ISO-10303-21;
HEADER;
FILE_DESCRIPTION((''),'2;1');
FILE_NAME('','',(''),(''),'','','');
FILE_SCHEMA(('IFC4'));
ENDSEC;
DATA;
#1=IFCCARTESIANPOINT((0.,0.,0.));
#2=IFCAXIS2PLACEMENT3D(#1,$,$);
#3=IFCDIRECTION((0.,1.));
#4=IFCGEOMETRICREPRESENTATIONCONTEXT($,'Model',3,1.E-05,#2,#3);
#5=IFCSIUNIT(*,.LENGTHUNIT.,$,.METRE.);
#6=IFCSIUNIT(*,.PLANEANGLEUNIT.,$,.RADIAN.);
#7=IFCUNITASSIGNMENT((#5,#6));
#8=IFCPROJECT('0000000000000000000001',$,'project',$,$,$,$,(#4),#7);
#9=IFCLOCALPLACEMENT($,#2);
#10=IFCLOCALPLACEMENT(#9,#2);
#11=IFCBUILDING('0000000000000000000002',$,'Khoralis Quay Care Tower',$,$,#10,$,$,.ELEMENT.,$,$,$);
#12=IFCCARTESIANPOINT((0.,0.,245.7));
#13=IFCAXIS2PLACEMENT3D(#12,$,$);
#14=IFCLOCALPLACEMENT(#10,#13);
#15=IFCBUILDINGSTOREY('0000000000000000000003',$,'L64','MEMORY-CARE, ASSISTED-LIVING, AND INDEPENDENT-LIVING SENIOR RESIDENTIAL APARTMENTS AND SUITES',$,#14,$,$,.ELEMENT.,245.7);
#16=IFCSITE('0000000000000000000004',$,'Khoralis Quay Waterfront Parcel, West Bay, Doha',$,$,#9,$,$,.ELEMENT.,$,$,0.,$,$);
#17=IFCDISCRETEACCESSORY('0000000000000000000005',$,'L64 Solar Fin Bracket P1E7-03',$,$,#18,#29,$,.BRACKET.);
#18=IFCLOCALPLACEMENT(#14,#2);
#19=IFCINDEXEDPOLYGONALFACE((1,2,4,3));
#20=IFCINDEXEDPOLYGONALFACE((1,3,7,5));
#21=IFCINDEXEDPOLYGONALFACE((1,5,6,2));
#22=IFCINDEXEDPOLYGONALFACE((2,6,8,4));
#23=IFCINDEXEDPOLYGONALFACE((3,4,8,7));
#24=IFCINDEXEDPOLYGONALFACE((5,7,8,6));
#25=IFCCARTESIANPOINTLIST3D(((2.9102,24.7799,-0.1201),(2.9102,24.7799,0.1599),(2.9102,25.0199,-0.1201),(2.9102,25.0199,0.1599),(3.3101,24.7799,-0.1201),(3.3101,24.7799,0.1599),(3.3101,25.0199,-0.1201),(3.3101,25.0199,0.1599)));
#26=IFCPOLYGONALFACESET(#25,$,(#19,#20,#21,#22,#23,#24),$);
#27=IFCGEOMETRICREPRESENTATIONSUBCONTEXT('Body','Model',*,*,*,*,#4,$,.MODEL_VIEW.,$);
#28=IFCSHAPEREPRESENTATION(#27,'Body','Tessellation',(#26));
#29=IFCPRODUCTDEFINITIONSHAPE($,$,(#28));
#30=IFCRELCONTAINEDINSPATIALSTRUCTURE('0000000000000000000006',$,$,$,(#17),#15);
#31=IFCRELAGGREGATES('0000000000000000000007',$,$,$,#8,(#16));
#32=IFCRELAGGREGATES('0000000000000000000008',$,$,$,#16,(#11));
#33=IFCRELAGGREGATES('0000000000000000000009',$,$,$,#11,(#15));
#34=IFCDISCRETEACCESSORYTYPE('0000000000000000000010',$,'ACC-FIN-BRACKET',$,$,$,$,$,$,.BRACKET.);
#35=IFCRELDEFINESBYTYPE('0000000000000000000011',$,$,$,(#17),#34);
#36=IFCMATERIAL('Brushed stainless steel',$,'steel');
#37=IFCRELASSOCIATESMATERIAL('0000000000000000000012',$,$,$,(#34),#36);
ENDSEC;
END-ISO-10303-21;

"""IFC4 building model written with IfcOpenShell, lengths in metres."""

from ifc_helpers import new_model, si_unit, direction, frame, origin, origin_2d, place, context, subcontext, project, spatial, rectangle, extrude, source, transform, mapped, material, type_object, element, save


model = new_model("IFC4")

# Units and contexts
model_context = context("Model", 3, precision=1e-05, world=origin(), true_north=direction((0.0, 1.0)))
body_context = subcontext(model_context, "Body", "Model", "MODEL_VIEW")
ifc_project = project(units=[si_unit("LENGTHUNIT", "METRE"), si_unit("PLANEANGLEUNIT", "RADIAN")], contexts=[model_context])

# Site, building, storey
site_placement = place(None, origin())
site = spatial("IfcSite", under=ifc_project, at=site_placement, Name="Khoralis Quay Waterfront Parcel, West Bay, Doha", CompositionType="ELEMENT", RefElevation=0.0)
building_placement = place(site_placement, origin())
building = spatial("IfcBuilding", under=site, at=building_placement, Name="Khoralis Quay Care Tower", CompositionType="ELEMENT")
storey_placement = place(building_placement, frame((0.0, 0.0, 245.7)))
storey = spatial("IfcBuildingStorey", under=building, at=storey_placement, Name="L64", Description="MEMORY-CARE, ASSISTED-LIVING, AND INDEPENDENT-LIVING SENIOR RESIDENTIAL APARTMENTS AND SUITES", CompositionType="ELEMENT", Elevation=245.7)

# Discrete accessory
ifc_material_1 = material(Name="Brushed stainless steel", Category="steel")
discrete_accessory_type = type_object("IfcDiscreteAccessoryType", Name="ACC-FIN-BRACKET", PredefinedType="BRACKET", material=ifc_material_1)
shared_shape_1 = source(origin(), body_context, "Body", "SweptSolid", [
    extrude(rectangle(XDim=0.3999, YDim=0.24, at=origin_2d()), origin(), (0.0, 0.0, 1.0), 0.28),
])
for number, where, z_axis, x_axis, name in (
    (1, (3.1101, 24.8999, -0.1201), (0.0, 0.0, 1.0), (-1.0, 0.0, 0.0), "L64 Solar Fin Bracket P1E7-03"),
):
    element("IfcDiscreteAccessory", number, at=place(storey_placement, frame(where, z_axis=z_axis, x_axis=x_axis)), inside=storey, type_object=discrete_accessory_type, Name=name, PredefinedType="BRACKET", context=body_context, shape_type="MappedRepresentation", body=[
        mapped(shared_shape_1, transform((0.0, 0.0, 0.0), scale=1.0)),
    ])

save(model, "model.ifc")
